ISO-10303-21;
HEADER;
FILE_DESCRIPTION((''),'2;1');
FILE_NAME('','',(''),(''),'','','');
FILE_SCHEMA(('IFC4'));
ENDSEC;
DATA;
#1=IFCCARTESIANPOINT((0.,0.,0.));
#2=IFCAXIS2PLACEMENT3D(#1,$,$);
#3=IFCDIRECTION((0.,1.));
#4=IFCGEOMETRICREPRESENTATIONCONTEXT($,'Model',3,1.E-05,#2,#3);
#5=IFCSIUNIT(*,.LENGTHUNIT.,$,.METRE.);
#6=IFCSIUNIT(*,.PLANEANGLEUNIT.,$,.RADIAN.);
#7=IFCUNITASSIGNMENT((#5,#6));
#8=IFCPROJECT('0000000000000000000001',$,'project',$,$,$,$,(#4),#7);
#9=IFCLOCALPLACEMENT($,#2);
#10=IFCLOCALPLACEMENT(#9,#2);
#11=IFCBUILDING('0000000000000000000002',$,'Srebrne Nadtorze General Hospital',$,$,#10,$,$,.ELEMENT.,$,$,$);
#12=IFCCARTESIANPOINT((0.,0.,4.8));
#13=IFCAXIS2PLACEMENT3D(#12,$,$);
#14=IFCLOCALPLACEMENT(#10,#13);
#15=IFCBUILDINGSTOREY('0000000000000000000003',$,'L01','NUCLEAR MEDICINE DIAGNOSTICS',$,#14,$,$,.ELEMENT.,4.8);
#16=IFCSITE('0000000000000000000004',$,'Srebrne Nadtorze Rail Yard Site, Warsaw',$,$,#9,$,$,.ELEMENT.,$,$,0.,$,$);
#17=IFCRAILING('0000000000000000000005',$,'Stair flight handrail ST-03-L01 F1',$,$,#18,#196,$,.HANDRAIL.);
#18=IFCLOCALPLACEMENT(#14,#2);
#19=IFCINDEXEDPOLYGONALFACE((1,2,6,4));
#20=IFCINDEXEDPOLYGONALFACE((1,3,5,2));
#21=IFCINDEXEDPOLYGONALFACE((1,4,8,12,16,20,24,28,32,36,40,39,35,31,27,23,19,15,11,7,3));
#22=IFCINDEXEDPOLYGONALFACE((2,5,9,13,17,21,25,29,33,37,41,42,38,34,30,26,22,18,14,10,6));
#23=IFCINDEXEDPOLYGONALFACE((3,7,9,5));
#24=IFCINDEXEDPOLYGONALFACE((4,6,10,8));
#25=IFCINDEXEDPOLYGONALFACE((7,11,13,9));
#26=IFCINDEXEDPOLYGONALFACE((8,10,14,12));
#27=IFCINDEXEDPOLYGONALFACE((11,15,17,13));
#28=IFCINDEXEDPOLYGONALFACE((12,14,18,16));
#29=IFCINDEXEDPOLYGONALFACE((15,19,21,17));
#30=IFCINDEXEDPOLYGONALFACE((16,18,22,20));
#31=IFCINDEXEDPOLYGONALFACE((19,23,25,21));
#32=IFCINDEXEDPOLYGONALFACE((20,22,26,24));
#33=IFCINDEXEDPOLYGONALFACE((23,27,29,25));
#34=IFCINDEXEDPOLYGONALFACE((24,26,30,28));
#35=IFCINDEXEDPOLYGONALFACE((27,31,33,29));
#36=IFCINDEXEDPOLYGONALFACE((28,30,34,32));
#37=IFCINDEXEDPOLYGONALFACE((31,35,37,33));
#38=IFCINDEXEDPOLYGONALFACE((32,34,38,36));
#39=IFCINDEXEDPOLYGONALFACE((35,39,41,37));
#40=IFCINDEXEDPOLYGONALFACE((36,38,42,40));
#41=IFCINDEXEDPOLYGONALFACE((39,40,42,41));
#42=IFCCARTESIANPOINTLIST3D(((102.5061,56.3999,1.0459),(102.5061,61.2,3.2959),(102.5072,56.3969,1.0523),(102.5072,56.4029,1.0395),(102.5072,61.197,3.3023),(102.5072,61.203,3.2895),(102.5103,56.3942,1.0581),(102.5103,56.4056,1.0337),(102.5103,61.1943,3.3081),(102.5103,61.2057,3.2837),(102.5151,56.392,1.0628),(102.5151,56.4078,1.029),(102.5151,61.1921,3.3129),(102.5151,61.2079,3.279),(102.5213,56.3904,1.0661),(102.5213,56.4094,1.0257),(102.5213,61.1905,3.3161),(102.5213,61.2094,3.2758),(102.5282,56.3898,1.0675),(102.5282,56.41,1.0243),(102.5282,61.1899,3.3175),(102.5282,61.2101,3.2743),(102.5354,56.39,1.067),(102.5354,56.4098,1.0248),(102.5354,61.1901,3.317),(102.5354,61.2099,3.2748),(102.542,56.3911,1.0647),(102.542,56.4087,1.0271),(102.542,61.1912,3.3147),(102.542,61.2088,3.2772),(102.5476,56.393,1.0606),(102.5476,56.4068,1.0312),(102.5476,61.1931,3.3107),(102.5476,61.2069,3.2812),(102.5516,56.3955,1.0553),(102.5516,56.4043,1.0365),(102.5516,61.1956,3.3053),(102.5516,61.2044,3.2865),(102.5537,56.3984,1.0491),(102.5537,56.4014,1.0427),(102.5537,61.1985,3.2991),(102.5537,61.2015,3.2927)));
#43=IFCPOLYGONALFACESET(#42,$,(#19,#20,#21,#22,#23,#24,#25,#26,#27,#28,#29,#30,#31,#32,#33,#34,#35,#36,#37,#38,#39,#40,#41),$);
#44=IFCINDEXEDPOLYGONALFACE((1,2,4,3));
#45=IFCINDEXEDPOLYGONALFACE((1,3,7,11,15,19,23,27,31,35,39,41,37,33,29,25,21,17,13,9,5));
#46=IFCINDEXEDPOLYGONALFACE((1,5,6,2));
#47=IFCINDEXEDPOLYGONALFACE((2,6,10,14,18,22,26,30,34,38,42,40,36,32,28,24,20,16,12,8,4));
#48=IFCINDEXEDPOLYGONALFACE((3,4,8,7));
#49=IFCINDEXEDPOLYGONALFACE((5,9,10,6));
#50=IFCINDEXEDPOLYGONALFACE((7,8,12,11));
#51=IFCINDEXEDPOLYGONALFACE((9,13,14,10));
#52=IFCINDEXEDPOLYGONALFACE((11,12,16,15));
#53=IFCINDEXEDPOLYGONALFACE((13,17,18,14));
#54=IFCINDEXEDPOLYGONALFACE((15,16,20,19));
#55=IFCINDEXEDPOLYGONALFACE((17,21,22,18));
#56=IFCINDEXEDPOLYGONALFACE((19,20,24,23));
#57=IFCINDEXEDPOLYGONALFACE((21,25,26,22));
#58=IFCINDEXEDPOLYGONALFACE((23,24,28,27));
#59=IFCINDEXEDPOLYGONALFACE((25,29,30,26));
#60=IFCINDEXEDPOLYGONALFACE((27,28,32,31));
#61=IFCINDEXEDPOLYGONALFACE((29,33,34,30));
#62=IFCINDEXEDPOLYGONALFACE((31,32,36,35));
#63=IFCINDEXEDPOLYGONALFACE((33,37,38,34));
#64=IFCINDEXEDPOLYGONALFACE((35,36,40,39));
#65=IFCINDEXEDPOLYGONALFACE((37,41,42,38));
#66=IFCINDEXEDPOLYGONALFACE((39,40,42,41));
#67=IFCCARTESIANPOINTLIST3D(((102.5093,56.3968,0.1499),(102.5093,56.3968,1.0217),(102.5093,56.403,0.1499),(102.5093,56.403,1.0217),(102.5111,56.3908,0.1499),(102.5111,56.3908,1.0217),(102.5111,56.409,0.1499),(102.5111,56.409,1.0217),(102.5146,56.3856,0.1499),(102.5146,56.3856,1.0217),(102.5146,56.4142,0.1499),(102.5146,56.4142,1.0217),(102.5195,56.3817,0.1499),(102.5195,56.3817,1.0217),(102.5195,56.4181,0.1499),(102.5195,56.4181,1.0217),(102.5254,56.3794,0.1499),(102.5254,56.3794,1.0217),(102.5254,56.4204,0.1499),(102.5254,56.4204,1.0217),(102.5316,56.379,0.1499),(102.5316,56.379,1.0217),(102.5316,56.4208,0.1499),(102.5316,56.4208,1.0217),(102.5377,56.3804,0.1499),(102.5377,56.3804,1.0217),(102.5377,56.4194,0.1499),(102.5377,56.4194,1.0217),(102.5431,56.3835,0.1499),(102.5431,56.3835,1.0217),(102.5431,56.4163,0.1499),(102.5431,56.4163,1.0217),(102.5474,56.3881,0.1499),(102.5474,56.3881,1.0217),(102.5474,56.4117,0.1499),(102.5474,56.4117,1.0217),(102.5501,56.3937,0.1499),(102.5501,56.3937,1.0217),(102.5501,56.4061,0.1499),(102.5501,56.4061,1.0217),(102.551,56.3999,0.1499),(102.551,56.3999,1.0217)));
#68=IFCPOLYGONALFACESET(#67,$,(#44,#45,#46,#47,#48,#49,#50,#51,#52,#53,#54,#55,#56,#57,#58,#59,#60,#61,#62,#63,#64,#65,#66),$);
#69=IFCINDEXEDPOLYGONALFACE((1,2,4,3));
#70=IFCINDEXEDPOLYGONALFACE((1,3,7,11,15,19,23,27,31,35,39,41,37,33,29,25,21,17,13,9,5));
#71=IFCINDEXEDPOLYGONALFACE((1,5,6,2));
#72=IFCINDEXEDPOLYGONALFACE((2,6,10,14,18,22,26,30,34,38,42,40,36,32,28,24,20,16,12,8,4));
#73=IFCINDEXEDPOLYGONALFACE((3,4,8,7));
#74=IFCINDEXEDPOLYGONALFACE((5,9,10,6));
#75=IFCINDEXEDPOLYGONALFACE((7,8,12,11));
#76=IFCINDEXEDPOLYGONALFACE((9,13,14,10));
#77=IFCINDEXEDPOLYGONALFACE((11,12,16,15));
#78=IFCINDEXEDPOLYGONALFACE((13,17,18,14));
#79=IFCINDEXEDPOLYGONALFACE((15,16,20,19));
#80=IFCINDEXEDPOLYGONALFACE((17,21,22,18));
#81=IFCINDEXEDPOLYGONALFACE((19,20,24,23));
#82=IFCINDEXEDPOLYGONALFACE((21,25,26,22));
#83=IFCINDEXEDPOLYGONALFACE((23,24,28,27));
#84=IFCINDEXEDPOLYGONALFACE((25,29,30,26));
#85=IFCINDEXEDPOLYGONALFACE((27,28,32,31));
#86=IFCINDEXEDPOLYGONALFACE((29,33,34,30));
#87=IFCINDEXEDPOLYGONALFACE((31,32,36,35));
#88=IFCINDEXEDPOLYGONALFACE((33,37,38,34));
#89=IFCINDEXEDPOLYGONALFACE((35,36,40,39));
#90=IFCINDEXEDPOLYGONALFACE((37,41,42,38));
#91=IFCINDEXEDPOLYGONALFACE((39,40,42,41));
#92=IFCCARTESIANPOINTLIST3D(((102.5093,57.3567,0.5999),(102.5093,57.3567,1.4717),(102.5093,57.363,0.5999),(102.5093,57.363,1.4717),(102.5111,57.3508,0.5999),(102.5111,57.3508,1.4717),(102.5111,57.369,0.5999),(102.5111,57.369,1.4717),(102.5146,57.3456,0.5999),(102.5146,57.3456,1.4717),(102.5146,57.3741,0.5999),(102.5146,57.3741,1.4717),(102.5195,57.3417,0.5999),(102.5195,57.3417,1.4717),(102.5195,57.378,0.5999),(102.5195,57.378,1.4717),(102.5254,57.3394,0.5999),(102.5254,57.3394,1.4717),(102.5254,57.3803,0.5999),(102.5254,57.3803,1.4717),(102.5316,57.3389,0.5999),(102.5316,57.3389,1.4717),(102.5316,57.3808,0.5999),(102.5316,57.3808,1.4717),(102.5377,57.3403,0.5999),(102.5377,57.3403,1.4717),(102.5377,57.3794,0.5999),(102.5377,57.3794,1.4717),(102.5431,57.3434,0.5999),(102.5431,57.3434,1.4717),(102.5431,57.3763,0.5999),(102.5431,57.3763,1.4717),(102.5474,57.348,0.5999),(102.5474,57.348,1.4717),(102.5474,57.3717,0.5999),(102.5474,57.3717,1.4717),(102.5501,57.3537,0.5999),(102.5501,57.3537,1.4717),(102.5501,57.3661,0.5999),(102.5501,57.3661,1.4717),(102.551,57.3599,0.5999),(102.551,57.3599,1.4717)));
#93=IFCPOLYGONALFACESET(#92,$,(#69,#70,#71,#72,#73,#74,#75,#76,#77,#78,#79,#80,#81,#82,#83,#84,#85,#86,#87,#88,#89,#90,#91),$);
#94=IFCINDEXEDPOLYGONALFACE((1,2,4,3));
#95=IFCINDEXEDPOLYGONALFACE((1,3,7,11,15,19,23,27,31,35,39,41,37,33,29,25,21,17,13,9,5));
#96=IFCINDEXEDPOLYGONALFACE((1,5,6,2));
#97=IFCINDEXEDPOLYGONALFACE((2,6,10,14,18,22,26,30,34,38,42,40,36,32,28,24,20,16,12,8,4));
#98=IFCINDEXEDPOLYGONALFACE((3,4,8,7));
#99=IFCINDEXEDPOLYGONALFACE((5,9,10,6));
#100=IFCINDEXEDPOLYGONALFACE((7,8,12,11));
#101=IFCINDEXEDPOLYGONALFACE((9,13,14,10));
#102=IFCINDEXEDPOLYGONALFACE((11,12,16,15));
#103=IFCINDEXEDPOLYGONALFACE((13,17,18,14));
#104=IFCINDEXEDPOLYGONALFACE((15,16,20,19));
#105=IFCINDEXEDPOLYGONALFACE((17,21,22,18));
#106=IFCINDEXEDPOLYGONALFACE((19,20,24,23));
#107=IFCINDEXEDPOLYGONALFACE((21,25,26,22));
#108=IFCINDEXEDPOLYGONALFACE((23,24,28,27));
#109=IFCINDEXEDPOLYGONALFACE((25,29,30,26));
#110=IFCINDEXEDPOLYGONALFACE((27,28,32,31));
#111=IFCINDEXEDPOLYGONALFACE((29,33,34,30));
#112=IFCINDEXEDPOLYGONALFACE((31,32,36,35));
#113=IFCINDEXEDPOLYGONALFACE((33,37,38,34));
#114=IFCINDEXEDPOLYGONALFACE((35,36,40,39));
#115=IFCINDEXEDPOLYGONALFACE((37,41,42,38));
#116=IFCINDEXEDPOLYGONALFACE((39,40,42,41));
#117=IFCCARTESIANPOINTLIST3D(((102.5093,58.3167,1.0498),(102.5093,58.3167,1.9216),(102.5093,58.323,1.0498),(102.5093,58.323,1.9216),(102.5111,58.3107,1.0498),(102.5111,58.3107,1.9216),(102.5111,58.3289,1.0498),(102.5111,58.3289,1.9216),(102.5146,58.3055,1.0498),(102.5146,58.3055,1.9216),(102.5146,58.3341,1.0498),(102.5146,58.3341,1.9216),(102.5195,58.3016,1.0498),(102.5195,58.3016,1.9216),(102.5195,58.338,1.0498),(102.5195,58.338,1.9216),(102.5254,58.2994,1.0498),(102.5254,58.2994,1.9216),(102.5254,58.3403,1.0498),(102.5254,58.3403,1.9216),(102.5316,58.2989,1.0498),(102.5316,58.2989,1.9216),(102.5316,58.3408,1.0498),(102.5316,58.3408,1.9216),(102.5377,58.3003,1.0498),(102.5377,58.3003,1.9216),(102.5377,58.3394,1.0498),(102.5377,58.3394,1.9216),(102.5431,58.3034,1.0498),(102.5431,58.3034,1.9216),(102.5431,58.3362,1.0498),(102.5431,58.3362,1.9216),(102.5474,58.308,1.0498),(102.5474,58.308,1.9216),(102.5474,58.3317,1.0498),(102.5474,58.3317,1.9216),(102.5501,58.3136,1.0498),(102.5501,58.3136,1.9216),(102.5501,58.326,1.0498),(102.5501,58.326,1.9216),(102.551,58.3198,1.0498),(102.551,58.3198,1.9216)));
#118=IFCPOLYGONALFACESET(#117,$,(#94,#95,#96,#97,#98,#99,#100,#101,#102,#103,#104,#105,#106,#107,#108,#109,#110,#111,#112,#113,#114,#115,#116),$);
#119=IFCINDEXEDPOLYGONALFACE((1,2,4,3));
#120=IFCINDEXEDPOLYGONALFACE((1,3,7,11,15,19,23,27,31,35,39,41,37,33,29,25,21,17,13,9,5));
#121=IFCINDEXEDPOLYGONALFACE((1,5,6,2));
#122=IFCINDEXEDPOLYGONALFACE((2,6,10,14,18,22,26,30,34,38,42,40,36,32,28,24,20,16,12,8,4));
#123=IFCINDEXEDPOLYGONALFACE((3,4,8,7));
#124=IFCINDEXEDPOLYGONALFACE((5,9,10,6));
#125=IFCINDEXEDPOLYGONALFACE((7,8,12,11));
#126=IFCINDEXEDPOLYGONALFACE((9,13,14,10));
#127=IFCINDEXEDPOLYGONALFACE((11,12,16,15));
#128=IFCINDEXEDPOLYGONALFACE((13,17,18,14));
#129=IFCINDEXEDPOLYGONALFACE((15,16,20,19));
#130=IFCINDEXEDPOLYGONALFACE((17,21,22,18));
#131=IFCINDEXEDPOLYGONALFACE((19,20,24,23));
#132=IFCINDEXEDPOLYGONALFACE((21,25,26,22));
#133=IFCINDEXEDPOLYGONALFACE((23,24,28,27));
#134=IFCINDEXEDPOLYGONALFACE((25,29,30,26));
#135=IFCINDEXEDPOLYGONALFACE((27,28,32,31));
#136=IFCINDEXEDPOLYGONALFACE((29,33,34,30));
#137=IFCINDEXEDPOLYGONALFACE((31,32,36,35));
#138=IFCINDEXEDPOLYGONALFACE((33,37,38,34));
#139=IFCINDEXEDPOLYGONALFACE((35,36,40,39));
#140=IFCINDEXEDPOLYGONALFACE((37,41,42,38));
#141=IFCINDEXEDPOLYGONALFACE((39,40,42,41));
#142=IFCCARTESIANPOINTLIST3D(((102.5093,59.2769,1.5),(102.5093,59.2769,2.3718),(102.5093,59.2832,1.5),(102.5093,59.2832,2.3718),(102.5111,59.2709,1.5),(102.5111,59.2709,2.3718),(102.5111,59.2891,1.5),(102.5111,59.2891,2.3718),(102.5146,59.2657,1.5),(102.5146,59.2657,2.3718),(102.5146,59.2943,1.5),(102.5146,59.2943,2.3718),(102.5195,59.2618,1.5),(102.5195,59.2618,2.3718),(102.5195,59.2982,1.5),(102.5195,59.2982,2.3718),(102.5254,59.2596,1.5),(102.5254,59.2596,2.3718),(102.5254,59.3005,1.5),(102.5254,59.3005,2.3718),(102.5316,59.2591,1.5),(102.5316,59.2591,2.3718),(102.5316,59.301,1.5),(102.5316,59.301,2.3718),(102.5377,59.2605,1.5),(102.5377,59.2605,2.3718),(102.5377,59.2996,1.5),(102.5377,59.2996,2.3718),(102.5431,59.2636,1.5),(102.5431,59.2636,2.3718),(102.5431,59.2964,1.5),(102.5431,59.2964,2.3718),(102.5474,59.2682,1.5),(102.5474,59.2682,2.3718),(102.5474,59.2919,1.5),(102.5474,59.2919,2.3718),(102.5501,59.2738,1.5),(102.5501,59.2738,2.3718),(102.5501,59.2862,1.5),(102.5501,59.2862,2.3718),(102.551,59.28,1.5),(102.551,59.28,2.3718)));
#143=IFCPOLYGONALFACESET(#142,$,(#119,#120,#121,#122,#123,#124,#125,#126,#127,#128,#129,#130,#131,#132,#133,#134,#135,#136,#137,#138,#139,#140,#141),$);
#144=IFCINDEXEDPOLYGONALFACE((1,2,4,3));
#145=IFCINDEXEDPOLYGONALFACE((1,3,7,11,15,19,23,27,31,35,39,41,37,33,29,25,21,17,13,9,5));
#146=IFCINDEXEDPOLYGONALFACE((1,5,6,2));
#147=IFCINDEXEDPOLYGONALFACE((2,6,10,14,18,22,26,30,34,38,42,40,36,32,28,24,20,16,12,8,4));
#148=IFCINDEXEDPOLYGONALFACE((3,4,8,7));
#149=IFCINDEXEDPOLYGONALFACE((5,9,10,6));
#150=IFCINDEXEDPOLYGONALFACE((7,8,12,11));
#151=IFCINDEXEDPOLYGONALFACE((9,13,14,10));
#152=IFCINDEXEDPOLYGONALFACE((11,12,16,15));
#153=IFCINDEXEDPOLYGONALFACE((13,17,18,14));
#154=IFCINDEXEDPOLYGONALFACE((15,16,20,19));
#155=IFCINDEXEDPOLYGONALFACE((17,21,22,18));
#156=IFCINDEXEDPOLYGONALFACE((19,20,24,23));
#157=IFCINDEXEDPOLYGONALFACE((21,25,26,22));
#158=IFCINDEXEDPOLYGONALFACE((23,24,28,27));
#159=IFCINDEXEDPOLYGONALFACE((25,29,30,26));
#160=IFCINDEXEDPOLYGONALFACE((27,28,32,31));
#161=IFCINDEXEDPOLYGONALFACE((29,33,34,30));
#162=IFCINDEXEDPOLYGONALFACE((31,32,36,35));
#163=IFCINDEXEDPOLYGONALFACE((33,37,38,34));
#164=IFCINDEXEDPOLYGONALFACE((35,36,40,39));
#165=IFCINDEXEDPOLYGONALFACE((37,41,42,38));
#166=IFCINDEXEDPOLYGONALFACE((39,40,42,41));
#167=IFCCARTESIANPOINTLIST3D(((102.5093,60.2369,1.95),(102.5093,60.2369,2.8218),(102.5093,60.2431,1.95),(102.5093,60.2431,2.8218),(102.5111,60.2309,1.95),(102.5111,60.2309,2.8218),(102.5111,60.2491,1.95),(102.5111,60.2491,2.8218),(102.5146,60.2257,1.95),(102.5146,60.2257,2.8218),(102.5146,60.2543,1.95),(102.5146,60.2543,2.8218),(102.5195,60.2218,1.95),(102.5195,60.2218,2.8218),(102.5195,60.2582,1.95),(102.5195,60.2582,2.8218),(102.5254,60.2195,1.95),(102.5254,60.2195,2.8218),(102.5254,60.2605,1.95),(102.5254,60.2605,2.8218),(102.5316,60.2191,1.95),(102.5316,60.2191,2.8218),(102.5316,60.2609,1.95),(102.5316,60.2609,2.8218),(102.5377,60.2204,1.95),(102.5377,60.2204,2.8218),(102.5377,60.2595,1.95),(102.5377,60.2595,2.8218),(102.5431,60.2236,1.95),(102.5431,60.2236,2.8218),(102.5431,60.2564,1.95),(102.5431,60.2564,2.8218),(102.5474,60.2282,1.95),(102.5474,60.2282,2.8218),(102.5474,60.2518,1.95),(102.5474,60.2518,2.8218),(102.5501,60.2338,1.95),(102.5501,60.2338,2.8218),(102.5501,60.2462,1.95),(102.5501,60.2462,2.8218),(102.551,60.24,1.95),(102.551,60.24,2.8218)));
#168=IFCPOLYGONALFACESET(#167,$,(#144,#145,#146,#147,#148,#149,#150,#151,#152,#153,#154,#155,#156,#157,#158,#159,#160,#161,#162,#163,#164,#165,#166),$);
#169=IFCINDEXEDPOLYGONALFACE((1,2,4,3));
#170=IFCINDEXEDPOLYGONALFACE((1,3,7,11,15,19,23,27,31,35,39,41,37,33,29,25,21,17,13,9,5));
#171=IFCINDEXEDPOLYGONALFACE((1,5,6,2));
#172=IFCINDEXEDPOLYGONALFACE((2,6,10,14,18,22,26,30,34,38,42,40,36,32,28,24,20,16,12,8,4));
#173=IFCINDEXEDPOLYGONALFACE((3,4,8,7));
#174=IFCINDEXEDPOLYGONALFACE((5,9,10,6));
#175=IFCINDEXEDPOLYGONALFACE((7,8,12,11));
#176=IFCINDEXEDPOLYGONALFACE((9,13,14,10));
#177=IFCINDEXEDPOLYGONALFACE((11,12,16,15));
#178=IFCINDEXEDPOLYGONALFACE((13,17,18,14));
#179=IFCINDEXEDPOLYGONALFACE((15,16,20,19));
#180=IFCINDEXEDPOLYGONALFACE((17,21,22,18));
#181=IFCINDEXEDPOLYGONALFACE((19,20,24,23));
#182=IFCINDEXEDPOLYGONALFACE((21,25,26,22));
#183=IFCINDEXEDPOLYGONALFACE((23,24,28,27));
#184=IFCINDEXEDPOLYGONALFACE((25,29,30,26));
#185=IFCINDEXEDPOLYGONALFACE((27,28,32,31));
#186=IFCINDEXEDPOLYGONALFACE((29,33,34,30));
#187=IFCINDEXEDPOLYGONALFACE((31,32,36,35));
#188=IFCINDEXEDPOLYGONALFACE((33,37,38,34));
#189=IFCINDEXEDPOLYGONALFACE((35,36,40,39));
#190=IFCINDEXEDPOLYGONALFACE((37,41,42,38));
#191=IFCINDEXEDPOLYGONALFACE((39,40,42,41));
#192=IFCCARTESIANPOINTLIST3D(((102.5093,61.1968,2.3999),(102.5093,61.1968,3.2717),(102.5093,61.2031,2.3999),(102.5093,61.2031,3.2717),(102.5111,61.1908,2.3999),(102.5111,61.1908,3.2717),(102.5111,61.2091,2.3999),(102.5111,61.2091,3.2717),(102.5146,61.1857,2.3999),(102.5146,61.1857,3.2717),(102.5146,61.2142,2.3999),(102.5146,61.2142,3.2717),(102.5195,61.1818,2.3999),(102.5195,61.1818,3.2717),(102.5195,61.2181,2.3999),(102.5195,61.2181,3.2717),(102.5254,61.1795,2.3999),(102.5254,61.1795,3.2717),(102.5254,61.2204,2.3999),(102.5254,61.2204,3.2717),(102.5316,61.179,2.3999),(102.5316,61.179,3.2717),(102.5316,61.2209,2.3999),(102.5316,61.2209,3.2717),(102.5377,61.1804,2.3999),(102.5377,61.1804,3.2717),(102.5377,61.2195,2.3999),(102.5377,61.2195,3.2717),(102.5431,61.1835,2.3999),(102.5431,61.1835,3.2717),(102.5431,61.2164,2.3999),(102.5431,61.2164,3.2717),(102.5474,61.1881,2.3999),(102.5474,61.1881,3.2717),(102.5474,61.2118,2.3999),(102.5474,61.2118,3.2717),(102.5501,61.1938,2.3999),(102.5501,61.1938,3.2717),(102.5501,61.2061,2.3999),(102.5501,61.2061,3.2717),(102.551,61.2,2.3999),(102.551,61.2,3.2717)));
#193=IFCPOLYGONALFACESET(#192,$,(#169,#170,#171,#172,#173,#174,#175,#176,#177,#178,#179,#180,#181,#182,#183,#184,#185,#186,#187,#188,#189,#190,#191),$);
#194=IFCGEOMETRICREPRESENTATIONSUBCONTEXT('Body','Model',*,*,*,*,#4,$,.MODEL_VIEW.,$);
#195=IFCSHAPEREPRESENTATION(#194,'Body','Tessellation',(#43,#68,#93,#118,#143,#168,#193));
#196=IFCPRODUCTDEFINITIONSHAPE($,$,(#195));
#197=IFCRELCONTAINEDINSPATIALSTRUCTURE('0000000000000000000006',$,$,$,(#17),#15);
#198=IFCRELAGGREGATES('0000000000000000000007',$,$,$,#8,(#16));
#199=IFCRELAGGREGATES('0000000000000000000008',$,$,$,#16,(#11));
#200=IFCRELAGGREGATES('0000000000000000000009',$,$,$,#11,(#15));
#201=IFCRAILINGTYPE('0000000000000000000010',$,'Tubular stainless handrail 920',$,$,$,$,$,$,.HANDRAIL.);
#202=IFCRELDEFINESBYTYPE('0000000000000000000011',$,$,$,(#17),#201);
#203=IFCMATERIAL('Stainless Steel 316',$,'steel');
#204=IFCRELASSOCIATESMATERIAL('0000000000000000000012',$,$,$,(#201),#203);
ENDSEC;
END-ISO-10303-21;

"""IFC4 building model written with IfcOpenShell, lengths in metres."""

from ifc_helpers import new_model, si_unit, direction, frame, origin, origin_2d, place, context, subcontext, project, spatial, circle, extrude, material, type_object, element, save


model = new_model("IFC4")

# Units and contexts
model_context = context("Model", 3, precision=1e-05, world=origin(), true_north=direction((0.0, 1.0)))
body_context = subcontext(model_context, "Body", "Model", "MODEL_VIEW")
ifc_project = project(units=[si_unit("LENGTHUNIT", "METRE"), si_unit("PLANEANGLEUNIT", "RADIAN")], contexts=[model_context])

# Site, building, storey
site_placement = place(None, origin())
site = spatial("IfcSite", under=ifc_project, at=site_placement, Name="Srebrne Nadtorze Rail Yard Site, Warsaw", CompositionType="ELEMENT", RefElevation=0.0)
building_placement = place(site_placement, origin())
building = spatial("IfcBuilding", under=site, at=building_placement, Name="Srebrne Nadtorze General Hospital", CompositionType="ELEMENT")
storey_placement = place(building_placement, frame((0.0, 0.0, 4.8)))
storey = spatial("IfcBuildingStorey", under=building, at=storey_placement, Name="L01", Description="NUCLEAR MEDICINE DIAGNOSTICS", CompositionType="ELEMENT", Elevation=4.8)

# Railing
ifc_material_1 = material(Name="Stainless Steel 316", Category="steel")
railing_type_1 = type_object("IfcRailingType", Name="Tubular stainless handrail 920", PredefinedType="HANDRAIL", material=ifc_material_1)
railing_1_placement = place(storey_placement, frame((102.53, 56.3999, 0.1499)))
element("IfcRailing", 1, at=railing_1_placement, inside=storey, type_object=railing_type_1, Name="Stair flight handrail ST-03-L01 F1", PredefinedType="HANDRAIL", context=body_context, shape_type="SweptSolid", body=[
    extrude(circle(Radius=0.0239, at=origin_2d()), frame((0.0, 0.0, 0.896), z_axis=(0.0, 0.905461, 0.42443), x_axis=(-1.0, 0.0, 0.0)), (0.0, 0.0, 1.0), 5.3013),
    extrude(circle(Radius=0.021, at=origin_2d()), origin(), (0.0, 0.0, 1.0), 0.8718),
    extrude(circle(Radius=0.021, at=origin_2d()), frame((0.0, 0.96, 0.45)), (0.0, 0.0, 1.0), 0.8718),
    extrude(circle(Radius=0.021, at=origin_2d()), frame((0.0, 1.9199, 0.8999)), (0.0, 0.0, 1.0), 0.8718),
    extrude(circle(Radius=0.021, at=origin_2d()), frame((0.0, 2.8801, 1.3501)), (0.0, 0.0, 1.0), 0.8718),
    extrude(circle(Radius=0.021, at=origin_2d()), frame((0.0, 3.8401, 1.8)), (0.0, 0.0, 1.0), 0.8718),
    extrude(circle(Radius=0.021, at=origin_2d()), frame((0.0, 4.8, 2.25)), (0.0, 0.0, 1.0), 0.8718),
])

save(model, "model.ifc")
